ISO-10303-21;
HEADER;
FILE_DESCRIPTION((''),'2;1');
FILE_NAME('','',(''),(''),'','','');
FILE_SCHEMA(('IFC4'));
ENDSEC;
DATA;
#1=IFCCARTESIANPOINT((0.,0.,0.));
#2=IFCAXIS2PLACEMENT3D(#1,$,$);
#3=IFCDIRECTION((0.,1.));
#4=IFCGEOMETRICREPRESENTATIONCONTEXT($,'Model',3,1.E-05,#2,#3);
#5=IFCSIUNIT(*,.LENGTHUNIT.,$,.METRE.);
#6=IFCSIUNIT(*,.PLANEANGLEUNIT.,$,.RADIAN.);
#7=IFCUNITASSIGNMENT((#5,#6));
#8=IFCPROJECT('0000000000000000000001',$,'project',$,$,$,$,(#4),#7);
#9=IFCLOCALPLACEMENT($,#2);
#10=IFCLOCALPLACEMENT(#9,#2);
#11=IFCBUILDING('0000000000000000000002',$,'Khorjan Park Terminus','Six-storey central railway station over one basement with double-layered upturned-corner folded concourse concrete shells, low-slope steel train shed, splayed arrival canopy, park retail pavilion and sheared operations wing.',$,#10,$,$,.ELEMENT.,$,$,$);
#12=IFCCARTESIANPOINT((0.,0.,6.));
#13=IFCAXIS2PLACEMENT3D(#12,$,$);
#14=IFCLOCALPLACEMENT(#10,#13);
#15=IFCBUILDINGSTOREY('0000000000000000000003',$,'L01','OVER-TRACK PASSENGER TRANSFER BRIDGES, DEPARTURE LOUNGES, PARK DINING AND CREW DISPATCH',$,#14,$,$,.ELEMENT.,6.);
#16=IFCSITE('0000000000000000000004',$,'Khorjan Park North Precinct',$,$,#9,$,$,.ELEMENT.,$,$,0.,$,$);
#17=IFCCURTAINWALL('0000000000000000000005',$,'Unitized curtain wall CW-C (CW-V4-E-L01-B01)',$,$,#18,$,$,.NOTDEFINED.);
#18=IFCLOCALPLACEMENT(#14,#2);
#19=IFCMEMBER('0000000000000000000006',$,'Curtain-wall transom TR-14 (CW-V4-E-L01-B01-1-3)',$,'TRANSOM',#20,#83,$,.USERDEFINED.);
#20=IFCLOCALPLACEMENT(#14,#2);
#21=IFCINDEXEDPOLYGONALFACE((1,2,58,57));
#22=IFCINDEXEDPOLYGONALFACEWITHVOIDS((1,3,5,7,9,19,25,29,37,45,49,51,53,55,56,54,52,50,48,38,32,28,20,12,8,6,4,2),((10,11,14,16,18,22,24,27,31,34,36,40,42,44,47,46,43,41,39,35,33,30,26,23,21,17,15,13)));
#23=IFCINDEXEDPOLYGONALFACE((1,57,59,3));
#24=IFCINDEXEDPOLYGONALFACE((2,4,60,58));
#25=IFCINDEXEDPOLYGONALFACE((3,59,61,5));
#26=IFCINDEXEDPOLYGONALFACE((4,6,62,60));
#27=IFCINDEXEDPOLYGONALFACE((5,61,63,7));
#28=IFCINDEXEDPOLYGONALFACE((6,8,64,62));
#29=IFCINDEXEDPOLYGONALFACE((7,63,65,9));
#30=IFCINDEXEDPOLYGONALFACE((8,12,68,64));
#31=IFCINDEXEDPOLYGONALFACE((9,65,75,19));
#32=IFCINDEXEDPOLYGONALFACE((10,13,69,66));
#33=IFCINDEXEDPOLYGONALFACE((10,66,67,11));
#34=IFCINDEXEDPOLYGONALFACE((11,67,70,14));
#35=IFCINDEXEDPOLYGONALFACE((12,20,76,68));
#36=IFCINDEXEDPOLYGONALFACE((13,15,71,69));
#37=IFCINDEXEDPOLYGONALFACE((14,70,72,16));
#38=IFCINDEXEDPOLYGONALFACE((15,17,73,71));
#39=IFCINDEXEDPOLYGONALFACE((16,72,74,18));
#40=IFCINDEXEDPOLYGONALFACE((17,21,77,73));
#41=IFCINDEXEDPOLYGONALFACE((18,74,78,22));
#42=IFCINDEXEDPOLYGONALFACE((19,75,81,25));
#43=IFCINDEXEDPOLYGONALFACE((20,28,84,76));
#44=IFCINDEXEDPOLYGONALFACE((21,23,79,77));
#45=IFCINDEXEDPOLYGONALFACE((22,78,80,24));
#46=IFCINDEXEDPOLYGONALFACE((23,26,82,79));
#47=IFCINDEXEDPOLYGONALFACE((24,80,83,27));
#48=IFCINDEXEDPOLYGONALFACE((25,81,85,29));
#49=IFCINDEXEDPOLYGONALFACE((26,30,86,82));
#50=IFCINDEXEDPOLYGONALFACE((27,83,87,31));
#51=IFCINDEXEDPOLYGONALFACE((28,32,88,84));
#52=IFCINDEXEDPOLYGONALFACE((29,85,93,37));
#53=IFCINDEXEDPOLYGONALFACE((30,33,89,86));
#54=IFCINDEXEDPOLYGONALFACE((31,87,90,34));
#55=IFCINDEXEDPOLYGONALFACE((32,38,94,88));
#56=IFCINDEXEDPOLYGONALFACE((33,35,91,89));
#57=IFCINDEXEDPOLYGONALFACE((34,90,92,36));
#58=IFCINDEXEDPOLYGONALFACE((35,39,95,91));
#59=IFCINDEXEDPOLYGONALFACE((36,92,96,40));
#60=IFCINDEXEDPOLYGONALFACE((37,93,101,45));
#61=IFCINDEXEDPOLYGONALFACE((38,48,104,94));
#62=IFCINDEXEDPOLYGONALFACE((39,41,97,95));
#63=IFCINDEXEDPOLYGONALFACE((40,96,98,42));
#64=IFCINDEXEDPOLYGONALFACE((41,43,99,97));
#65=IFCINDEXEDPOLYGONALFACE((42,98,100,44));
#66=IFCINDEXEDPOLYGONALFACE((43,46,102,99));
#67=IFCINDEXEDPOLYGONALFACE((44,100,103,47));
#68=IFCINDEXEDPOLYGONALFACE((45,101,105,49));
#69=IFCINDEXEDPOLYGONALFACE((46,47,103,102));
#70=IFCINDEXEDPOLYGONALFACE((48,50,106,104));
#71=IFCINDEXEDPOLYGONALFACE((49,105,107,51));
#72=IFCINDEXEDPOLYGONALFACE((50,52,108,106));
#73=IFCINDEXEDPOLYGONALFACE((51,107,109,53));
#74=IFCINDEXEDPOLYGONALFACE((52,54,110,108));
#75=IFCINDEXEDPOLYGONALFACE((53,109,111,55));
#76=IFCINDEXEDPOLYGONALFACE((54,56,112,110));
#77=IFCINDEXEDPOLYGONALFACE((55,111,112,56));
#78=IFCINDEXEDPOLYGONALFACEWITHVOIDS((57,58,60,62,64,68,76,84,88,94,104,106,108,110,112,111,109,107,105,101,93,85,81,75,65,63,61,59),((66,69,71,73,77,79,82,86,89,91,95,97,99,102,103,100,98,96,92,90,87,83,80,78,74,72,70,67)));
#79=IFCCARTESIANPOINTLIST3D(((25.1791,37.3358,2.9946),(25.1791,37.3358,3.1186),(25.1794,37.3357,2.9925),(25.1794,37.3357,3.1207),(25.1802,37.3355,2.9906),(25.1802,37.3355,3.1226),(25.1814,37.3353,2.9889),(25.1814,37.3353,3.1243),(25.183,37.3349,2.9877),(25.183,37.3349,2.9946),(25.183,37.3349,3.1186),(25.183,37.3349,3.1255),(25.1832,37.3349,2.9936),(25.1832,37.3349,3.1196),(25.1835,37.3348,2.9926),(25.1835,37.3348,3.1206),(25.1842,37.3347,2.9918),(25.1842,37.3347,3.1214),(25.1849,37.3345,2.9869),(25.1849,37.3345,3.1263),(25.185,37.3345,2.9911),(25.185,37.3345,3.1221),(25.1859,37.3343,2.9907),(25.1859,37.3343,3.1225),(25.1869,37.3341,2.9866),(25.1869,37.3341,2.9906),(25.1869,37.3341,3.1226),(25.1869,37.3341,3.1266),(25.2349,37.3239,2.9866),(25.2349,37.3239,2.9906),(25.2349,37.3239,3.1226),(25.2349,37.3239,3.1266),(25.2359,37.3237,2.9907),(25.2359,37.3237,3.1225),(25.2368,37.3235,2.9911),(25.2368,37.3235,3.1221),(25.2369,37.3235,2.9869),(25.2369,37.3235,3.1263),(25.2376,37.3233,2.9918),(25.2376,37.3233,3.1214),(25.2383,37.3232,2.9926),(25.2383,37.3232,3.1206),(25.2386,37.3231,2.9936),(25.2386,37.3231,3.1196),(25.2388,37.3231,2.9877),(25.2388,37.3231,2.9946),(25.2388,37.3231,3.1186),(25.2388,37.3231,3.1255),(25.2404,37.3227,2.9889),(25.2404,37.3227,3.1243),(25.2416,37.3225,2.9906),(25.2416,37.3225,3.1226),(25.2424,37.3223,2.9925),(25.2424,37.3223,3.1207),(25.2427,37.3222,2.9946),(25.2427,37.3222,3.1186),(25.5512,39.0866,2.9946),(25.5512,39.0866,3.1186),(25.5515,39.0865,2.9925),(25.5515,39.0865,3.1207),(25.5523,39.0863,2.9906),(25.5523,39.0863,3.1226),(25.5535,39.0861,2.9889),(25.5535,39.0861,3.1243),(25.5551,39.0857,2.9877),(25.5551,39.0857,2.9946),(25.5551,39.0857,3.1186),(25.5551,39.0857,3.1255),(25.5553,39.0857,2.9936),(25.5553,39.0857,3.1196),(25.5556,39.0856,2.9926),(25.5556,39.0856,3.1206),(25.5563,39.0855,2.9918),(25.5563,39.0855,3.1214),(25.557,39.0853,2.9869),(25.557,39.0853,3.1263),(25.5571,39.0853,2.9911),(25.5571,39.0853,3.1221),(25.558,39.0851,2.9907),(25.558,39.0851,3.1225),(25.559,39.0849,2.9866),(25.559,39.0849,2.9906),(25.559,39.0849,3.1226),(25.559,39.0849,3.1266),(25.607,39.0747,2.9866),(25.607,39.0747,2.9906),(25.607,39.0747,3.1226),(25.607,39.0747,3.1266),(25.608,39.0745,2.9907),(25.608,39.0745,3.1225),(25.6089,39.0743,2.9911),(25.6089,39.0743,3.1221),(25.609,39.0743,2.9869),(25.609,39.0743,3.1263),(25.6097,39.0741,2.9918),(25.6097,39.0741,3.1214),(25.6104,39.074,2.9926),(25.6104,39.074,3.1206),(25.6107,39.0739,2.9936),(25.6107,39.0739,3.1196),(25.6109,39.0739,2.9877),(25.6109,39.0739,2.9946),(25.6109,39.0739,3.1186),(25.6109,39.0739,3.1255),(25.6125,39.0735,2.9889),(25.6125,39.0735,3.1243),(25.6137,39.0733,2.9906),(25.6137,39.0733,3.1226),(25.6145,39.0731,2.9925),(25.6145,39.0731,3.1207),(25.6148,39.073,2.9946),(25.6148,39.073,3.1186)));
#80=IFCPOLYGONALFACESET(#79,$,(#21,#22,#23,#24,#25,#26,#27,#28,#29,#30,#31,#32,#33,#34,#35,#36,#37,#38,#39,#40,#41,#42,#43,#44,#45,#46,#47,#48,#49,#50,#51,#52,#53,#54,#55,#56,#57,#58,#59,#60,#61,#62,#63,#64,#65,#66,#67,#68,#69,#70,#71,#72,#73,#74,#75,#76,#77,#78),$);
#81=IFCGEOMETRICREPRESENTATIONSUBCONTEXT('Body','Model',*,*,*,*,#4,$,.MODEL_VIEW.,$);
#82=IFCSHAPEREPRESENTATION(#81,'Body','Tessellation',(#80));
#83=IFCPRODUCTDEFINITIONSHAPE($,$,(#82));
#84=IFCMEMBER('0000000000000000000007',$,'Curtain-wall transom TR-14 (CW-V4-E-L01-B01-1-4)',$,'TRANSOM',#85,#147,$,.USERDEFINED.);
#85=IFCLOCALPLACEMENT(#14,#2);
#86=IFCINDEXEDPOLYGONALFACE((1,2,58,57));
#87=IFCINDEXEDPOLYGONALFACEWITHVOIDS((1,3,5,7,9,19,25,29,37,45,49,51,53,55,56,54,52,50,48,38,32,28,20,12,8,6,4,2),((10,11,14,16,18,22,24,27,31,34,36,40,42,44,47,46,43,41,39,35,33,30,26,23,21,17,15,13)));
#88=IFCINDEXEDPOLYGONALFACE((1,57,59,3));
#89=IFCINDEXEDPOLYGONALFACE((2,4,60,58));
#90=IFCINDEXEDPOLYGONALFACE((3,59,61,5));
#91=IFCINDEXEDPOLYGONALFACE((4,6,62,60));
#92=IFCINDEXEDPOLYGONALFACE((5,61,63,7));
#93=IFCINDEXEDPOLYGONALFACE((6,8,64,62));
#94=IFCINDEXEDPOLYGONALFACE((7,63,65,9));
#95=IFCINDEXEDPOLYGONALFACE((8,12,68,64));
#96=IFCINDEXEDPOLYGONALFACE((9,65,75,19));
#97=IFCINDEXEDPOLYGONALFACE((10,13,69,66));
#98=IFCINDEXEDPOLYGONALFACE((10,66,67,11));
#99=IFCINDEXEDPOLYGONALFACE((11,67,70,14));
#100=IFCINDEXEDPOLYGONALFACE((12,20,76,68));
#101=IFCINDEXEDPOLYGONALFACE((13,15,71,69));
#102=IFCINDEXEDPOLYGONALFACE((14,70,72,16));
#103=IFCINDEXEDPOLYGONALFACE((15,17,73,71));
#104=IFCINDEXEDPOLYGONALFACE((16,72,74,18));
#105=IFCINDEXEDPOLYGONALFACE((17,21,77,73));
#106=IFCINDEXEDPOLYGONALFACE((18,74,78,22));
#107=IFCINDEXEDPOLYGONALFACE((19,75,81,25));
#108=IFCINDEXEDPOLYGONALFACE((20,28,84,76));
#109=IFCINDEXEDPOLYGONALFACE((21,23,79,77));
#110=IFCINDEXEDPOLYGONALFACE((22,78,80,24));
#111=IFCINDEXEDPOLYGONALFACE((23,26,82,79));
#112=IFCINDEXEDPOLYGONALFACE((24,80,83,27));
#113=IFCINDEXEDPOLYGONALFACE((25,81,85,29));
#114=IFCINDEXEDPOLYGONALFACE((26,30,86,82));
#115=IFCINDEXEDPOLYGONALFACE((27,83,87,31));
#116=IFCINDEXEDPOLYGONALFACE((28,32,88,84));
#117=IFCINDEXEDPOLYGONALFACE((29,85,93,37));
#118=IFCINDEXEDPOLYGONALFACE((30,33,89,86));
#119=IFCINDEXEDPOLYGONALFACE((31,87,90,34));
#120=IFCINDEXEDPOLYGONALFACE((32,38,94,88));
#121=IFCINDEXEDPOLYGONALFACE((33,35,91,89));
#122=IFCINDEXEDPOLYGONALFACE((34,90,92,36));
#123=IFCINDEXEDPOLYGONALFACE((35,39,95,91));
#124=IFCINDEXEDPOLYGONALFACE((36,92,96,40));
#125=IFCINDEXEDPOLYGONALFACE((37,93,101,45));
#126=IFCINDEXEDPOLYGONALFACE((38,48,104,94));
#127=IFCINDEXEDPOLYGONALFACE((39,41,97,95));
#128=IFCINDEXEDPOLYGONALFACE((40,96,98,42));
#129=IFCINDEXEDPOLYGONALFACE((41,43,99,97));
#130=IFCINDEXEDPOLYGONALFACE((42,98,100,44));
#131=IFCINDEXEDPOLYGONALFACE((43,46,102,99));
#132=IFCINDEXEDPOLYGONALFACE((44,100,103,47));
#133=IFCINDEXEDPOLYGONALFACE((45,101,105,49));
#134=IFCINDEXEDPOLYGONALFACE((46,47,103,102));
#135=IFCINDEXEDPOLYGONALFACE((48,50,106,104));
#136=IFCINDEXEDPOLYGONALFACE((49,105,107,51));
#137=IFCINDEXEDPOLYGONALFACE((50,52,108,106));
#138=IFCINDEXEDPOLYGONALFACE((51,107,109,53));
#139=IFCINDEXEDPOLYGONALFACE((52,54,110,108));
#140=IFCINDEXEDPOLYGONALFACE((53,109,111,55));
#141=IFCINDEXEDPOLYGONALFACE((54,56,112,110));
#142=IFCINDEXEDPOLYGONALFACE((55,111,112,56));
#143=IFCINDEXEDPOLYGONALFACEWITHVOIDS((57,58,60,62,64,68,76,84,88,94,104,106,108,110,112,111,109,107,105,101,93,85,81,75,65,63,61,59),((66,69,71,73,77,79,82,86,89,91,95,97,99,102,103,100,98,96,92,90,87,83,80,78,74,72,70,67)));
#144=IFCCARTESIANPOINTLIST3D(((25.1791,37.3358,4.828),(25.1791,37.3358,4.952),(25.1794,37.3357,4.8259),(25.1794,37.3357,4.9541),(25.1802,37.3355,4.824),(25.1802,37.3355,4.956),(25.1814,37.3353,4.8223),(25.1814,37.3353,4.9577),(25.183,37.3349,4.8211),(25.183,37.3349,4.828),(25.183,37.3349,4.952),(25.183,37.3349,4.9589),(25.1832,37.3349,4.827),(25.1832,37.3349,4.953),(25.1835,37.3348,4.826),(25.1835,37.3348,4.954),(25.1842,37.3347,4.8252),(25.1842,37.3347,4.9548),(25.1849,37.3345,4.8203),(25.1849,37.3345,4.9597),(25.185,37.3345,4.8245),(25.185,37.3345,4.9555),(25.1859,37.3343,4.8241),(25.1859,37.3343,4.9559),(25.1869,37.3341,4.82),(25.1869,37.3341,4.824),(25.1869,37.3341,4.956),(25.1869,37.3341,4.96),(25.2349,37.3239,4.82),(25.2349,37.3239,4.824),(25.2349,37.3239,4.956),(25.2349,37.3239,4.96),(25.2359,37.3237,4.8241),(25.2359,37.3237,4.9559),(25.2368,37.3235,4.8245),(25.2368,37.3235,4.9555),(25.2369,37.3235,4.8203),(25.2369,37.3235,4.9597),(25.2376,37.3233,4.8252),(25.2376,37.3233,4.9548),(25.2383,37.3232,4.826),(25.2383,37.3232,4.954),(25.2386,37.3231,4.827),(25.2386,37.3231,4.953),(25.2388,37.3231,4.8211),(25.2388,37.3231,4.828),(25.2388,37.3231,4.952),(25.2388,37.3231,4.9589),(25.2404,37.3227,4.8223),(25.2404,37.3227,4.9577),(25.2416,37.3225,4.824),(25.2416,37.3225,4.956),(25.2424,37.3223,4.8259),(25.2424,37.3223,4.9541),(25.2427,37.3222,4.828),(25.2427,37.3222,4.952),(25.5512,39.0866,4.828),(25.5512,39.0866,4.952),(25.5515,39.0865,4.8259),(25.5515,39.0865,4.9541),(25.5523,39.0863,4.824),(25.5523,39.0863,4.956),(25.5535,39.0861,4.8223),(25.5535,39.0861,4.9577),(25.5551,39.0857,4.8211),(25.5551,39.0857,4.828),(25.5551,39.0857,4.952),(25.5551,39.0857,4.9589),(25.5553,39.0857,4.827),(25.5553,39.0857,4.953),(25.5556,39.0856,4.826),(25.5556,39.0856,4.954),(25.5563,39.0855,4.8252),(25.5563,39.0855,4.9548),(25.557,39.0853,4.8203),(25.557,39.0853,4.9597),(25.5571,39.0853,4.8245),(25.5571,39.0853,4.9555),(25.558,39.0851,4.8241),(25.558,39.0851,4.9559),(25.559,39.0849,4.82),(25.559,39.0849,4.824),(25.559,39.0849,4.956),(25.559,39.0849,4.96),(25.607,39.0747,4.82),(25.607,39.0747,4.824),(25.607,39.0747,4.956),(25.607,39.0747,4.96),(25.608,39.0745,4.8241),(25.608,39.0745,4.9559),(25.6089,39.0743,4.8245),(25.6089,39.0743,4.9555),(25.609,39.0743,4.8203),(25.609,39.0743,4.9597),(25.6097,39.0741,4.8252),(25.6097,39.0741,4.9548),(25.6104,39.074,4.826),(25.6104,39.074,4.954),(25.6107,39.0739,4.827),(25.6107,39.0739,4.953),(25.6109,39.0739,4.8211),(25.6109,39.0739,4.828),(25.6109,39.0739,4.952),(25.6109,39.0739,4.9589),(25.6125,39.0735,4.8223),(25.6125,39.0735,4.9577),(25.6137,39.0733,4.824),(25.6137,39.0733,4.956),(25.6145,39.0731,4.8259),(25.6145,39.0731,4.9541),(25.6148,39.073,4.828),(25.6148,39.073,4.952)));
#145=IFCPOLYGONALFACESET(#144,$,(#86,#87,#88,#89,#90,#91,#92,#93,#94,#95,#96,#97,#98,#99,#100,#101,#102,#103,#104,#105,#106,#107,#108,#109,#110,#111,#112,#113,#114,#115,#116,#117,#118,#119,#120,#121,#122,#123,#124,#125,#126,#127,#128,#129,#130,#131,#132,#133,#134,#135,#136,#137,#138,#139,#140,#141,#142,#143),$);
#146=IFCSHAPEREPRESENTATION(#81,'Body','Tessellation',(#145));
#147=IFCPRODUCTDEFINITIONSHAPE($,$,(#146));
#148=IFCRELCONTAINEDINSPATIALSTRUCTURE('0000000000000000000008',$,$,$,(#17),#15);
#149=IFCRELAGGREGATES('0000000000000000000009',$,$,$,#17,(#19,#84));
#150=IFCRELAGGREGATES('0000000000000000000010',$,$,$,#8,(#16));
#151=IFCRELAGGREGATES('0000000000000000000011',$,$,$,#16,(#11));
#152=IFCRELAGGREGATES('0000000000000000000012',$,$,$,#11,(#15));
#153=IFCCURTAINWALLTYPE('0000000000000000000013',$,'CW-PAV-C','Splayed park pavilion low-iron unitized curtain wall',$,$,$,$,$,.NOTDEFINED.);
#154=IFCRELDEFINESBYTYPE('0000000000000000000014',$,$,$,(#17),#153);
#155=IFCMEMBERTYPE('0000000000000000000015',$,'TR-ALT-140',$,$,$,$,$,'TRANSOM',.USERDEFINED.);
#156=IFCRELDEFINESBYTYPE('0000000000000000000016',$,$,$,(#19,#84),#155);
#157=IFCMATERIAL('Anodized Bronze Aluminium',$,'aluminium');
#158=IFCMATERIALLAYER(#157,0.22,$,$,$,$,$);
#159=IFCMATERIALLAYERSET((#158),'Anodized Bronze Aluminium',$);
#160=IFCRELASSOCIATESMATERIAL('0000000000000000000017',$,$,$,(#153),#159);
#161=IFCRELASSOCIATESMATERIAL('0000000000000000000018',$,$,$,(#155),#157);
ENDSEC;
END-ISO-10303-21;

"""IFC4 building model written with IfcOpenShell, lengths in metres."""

from ifc_helpers import new_model, si_unit, direction, frame, origin, origin_2d, place, context, subcontext, project, spatial, hollow_rectangle, extrude, material, layer, layer_set, material_profile, profile_set, type_object, element, aggregate, save


model = new_model("IFC4")

# Units and contexts
model_context = context("Model", 3, precision=1e-05, world=origin(), true_north=direction((0.0, 1.0)))
body_context = subcontext(model_context, "Body", "Model", "MODEL_VIEW")
ifc_project = project(units=[si_unit("LENGTHUNIT", "METRE"), si_unit("PLANEANGLEUNIT", "RADIAN")], contexts=[model_context])

# Site, building, storey
site_placement = place(None, origin())
site = spatial("IfcSite", under=ifc_project, at=site_placement, Name="Khorjan Park North Precinct", CompositionType="ELEMENT", RefElevation=0.0)
building_placement = place(site_placement, origin())
building = spatial("IfcBuilding", under=site, at=building_placement, Name="Khorjan Park Terminus", Description="Six-storey central railway station over one basement with double-layered upturned-corner folded concourse concrete shells, low-slope steel train shed, splayed arrival canopy, park retail pavilion and sheared operations wing.", CompositionType="ELEMENT")
storey_placement = place(building_placement, frame((0.0, 0.0, 6.0)))
storey = spatial("IfcBuildingStorey", under=building, at=storey_placement, Name="L01", Description="OVER-TRACK PASSENGER TRANSFER BRIDGES, DEPARTURE LOUNGES, PARK DINING AND CREW DISPATCH", CompositionType="ELEMENT", Elevation=6.0)

# Curtain wall
ifc_material_1 = material(Name="Anodized Bronze Aluminium", Category="aluminium")
ifc_layer_1 = layer(ifc_material_1, 0.22)
ifc_layer_set_1 = layer_set([ifc_layer_1], Name="Anodized Bronze Aluminium")
curtain_wall_type = type_object("IfcCurtainWallType", Name="CW-PAV-C", Description="Splayed park pavilion low-iron unitized curtain wall", PredefinedType="NOTDEFINED", material=ifc_layer_set_1)
curtain_wall_1_placement = place(storey_placement, origin())
curtain_wall_1 = element("IfcCurtainWall", 1, at=curtain_wall_1_placement, inside=storey, type_object=curtain_wall_type, Name="Unitized curtain wall CW-C (CW-V4-E-L01-B01)", PredefinedType="NOTDEFINED")

# Members
ifc_material_profile_1 = material_profile(ifc_material_1, hollow_rectangle(XDim=0.065, YDim=0.14, WallThickness=0.004, InnerFilletRadius=0.004, OuterFilletRadius=0.008, at=origin_2d()), Name="ALT 65x140x4")
ifc_profile_set_1 = profile_set([ifc_material_profile_1], Name="Anodized Bronze Aluminium")
member_type_1 = type_object("IfcMemberType", Name="TR-ALT-140", ElementType="TRANSOM", PredefinedType="USERDEFINED", material=ifc_profile_set_1)
member_1_placement = place(storey_placement, frame((25.2109, 37.329, 3.0566), z_axis=(0.207888, 0.978153, 0.0), x_axis=(-0.978153, 0.207888, 0.0)))
member_1 = element("IfcMember", 2, at=member_1_placement, type_object=member_type_1, Name="Curtain-wall transom TR-14 (CW-V4-E-L01-B01-1-3)", ObjectType="TRANSOM", PredefinedType="USERDEFINED", context=body_context, shape_type="SweptSolid", body=[
    extrude(hollow_rectangle(XDim=0.065, YDim=0.14, WallThickness=0.004, InnerFilletRadius=0.004, OuterFilletRadius=0.008, at=origin_2d()), origin(), (0.0, 0.0, 1.0), 1.7899),
])
member_2_placement = place(storey_placement, frame((25.2109, 37.329, 4.89), z_axis=(0.207888, 0.978153, 0.0), x_axis=(-0.978153, 0.207888, 0.0)))
member_2 = element("IfcMember", 3, at=member_2_placement, type_object=member_type_1, Name="Curtain-wall transom TR-14 (CW-V4-E-L01-B01-1-4)", ObjectType="TRANSOM", PredefinedType="USERDEFINED", context=body_context, shape_type="SweptSolid", body=[
    extrude(hollow_rectangle(XDim=0.065, YDim=0.14, WallThickness=0.004, InnerFilletRadius=0.004, OuterFilletRadius=0.008, at=origin_2d()), origin(), (0.0, 0.0, 1.0), 1.7899),
])

aggregate(curtain_wall_1, [member_1, member_2])

save(model, "model.ifc")
